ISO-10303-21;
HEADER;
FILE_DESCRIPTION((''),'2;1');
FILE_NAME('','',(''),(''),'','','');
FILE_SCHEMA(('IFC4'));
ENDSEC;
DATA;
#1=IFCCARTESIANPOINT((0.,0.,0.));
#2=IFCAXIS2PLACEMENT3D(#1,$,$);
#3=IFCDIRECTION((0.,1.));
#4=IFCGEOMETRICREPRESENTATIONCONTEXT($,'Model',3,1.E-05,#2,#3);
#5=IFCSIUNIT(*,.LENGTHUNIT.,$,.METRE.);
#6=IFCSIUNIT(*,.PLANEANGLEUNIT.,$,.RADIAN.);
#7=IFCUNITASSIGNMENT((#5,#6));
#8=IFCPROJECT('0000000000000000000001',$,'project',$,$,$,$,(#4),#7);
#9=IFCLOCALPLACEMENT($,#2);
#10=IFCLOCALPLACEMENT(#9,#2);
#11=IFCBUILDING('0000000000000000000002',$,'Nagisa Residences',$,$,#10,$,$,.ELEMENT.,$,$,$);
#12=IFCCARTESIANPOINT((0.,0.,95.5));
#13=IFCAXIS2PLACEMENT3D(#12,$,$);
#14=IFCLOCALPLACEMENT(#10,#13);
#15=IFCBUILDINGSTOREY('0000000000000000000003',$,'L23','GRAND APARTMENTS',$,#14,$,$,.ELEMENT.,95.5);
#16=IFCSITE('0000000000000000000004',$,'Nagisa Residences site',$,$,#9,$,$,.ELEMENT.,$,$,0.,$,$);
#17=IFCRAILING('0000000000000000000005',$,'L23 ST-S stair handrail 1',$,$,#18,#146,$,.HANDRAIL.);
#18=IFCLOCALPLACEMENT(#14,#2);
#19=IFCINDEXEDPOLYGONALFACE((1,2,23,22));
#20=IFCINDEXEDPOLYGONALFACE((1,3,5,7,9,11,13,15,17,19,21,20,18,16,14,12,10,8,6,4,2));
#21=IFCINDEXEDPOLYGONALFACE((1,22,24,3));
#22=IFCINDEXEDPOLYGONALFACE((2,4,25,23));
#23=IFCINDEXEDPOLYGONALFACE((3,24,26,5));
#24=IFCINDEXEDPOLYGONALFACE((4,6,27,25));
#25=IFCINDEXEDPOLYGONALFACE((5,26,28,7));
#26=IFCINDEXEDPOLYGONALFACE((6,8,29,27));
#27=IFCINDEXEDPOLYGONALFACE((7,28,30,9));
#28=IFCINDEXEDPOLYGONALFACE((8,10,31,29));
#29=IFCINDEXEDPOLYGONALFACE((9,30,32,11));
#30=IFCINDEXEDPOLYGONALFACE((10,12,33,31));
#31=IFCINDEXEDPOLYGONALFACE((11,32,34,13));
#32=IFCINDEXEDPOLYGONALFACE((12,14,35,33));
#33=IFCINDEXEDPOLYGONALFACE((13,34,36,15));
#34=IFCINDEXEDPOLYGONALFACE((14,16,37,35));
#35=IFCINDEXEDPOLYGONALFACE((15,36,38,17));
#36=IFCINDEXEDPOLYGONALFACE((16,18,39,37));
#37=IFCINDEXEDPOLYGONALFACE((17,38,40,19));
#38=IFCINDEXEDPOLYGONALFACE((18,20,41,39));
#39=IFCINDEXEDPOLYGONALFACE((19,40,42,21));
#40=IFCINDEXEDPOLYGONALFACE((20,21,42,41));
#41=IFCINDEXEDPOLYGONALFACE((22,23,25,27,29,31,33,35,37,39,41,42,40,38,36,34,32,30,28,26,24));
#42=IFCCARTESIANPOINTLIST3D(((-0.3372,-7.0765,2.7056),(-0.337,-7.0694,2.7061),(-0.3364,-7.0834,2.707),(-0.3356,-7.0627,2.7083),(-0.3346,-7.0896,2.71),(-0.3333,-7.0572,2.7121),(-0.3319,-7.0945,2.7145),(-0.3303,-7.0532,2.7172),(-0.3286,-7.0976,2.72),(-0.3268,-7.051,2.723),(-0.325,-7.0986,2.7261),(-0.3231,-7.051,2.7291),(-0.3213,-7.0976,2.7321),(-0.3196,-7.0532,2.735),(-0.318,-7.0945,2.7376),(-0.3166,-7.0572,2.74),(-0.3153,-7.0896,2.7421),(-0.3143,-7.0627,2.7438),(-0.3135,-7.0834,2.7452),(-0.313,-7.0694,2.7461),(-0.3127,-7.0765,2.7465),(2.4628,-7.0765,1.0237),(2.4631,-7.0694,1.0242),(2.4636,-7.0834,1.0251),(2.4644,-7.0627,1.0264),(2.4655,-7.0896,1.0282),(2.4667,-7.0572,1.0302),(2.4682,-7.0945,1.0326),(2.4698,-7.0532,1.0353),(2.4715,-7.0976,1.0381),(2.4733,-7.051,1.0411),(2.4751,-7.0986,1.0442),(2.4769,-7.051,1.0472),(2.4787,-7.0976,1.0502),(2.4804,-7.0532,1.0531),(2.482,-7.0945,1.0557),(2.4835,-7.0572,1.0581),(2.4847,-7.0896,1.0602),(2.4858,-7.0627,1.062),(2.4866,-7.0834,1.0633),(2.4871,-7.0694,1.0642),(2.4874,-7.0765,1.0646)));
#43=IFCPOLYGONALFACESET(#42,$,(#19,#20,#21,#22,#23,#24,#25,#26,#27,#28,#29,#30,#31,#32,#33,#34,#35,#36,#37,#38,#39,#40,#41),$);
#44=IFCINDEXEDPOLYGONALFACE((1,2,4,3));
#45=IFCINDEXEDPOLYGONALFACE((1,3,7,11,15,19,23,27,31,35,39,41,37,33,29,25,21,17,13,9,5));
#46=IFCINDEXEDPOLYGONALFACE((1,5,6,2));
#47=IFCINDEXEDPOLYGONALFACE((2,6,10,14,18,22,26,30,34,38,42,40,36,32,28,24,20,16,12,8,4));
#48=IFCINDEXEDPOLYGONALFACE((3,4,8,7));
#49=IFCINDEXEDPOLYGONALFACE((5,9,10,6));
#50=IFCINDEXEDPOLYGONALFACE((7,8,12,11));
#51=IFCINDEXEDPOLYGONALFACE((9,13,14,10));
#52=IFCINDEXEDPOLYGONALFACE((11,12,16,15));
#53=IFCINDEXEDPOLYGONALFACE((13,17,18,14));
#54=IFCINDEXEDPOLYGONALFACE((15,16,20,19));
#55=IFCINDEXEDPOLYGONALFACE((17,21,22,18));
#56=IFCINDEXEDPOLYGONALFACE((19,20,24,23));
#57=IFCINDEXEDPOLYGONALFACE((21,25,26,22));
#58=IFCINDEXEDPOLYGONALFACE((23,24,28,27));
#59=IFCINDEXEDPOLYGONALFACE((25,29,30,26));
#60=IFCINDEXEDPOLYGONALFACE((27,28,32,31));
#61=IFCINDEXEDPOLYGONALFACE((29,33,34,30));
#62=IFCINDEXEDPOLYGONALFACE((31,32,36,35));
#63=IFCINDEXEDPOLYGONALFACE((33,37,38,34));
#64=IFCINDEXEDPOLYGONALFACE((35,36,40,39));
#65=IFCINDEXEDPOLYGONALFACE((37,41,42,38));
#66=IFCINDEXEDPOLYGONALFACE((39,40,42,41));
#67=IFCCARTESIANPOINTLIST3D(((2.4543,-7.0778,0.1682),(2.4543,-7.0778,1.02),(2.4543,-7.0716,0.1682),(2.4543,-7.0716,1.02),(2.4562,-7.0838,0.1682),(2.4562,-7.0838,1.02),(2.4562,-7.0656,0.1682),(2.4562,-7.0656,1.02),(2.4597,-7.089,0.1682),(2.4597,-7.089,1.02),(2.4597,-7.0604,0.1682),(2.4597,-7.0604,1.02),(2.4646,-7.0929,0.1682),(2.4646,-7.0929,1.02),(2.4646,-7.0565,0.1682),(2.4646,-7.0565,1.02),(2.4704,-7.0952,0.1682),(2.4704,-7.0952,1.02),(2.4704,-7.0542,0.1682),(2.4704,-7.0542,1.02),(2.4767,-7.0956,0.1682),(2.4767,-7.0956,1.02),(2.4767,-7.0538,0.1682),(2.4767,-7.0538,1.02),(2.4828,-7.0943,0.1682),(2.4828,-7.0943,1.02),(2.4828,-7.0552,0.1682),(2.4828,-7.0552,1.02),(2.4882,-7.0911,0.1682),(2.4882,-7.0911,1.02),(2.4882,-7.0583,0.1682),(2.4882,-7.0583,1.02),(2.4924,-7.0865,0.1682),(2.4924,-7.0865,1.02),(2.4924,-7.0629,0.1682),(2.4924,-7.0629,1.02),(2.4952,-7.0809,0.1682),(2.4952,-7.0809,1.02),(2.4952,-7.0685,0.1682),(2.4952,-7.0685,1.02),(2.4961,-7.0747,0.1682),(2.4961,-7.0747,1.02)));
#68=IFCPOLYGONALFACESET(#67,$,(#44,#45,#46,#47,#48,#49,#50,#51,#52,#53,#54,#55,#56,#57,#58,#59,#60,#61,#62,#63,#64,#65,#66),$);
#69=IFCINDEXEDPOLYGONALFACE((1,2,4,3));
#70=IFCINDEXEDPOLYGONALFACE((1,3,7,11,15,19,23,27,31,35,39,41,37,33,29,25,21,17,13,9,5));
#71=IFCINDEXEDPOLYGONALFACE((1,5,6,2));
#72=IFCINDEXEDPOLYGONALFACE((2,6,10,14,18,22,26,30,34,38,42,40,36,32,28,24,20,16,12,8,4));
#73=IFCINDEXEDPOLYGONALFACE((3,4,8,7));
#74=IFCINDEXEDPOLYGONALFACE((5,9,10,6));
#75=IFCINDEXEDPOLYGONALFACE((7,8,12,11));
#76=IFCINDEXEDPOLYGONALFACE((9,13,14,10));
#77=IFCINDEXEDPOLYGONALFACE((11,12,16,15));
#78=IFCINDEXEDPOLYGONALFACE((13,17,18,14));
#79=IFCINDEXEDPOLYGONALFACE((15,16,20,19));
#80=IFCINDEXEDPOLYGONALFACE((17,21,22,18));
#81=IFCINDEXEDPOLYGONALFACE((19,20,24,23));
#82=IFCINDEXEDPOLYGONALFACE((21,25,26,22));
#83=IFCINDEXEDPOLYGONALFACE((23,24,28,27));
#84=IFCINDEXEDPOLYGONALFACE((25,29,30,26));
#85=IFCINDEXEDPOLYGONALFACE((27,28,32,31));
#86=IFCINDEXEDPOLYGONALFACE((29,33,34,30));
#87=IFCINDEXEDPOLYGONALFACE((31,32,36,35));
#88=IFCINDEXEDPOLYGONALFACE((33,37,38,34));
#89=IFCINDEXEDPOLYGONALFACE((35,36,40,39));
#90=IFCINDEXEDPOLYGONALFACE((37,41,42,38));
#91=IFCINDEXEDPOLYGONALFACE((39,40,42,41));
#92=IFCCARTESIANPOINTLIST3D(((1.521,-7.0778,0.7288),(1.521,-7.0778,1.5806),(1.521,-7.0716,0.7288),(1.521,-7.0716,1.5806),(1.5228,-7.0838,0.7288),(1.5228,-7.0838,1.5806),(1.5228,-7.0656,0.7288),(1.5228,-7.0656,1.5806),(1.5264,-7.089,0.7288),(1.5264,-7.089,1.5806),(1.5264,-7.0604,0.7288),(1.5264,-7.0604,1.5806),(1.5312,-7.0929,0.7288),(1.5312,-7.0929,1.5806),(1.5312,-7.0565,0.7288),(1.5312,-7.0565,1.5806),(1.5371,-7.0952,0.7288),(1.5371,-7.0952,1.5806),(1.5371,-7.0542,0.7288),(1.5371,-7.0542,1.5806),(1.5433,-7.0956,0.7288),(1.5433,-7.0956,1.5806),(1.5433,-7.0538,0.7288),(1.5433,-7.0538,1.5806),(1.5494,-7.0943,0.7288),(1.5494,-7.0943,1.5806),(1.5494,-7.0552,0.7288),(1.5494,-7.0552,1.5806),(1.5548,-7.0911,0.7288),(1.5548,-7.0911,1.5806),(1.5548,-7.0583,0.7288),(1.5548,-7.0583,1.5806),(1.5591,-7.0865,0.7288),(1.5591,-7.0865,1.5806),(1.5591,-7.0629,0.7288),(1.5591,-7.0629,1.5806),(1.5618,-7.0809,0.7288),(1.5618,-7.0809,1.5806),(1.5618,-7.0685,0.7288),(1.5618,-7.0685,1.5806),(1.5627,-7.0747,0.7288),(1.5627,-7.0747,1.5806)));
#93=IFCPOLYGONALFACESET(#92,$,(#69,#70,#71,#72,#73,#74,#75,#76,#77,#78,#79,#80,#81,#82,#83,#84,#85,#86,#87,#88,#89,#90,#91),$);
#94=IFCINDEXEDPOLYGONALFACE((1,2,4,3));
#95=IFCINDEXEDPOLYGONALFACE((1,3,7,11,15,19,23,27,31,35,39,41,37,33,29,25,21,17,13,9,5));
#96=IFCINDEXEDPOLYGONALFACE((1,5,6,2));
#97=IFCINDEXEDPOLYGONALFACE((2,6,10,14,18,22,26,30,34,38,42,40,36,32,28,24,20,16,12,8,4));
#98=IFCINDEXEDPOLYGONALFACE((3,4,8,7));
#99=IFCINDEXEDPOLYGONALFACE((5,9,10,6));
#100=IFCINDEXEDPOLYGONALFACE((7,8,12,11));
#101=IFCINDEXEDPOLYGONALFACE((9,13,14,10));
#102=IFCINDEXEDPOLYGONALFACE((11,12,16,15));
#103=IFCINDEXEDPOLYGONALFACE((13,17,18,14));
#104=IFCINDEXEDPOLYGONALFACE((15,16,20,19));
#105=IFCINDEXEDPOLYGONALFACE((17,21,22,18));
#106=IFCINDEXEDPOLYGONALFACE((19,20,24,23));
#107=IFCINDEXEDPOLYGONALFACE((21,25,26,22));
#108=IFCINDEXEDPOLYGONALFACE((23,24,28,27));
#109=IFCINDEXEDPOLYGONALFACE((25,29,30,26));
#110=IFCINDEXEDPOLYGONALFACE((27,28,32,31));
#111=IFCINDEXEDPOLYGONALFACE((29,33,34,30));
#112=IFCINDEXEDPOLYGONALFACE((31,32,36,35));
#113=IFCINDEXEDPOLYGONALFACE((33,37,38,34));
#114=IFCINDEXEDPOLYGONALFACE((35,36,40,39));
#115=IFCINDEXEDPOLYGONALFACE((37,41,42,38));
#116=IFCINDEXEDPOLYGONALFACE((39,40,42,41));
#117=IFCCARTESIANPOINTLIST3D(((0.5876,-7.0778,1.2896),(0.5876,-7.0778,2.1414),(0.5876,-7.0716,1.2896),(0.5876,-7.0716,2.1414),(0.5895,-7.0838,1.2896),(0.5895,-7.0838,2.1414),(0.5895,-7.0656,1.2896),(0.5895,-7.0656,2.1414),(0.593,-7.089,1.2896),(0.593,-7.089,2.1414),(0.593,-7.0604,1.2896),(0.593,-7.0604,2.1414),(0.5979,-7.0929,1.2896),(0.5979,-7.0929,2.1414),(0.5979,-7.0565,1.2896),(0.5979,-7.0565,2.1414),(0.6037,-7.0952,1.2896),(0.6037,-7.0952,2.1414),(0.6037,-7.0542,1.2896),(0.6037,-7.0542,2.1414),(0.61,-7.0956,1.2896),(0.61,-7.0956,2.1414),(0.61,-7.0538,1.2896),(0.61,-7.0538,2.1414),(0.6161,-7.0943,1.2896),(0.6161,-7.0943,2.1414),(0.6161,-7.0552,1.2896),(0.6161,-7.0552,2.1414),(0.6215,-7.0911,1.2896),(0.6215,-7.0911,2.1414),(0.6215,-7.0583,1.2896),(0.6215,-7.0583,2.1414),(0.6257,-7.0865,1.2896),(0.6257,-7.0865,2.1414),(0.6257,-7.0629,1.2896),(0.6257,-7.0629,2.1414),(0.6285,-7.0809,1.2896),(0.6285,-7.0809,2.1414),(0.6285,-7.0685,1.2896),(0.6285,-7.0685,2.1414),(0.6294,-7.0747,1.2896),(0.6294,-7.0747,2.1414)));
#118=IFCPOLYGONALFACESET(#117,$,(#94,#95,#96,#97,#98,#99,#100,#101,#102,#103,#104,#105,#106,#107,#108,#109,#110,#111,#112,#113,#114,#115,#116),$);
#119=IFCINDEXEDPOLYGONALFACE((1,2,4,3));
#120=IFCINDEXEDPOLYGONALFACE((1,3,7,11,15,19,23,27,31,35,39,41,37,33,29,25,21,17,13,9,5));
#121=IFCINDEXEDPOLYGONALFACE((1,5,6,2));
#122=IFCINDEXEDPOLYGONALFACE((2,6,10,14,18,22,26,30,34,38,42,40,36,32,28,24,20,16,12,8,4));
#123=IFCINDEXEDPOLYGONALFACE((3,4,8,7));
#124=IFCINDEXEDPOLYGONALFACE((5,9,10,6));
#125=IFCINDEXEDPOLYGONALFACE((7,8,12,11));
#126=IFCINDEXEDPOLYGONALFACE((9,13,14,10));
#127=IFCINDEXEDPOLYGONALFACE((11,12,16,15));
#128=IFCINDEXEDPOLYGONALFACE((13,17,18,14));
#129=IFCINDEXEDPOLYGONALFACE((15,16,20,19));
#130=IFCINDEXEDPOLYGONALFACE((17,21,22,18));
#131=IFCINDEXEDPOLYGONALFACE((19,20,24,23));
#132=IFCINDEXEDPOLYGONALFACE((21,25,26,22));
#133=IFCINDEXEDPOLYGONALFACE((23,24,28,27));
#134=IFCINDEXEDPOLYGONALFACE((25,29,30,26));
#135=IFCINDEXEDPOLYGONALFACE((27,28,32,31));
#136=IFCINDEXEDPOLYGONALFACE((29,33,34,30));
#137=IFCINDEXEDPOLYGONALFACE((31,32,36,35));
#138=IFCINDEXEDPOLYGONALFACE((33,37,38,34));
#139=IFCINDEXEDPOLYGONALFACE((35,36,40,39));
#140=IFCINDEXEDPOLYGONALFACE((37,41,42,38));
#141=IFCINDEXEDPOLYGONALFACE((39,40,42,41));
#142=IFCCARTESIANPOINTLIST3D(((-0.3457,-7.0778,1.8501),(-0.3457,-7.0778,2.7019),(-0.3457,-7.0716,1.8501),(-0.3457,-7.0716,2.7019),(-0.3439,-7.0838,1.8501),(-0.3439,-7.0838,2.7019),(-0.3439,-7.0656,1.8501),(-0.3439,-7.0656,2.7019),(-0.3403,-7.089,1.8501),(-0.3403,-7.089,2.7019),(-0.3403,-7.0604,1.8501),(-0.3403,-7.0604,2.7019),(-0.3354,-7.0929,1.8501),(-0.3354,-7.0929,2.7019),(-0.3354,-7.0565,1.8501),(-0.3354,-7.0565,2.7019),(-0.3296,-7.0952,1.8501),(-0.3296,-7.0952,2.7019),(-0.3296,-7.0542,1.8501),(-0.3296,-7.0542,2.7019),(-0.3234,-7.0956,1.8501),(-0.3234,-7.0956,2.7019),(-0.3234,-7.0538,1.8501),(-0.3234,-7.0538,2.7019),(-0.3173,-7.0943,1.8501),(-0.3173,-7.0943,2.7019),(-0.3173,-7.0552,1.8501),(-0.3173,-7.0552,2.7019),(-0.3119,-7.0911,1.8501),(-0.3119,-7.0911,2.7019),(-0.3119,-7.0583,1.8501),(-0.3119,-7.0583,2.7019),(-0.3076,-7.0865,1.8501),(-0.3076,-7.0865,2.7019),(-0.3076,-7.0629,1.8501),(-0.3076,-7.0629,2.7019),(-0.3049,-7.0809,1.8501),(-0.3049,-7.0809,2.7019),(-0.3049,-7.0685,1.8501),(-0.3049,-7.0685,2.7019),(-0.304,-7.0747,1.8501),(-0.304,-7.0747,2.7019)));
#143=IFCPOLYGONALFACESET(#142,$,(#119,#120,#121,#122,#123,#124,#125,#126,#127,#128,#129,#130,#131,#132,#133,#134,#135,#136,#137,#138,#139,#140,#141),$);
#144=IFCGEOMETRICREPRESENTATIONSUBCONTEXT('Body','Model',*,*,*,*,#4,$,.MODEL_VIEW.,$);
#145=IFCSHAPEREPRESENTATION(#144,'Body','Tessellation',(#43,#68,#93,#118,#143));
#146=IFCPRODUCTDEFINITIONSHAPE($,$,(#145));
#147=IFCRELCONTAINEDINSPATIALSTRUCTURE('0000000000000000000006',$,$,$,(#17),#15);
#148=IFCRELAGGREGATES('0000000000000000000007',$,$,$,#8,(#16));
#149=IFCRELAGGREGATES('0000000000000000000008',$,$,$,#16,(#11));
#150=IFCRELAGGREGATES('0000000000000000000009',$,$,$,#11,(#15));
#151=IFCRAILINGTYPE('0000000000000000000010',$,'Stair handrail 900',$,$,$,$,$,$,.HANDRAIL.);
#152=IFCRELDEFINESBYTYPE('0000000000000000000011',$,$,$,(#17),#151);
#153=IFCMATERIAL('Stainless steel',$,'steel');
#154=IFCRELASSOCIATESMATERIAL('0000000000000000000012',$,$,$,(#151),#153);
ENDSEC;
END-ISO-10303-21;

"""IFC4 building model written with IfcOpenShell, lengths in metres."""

from ifc_helpers import new_model, si_unit, direction, frame, origin, origin_2d, place, context, subcontext, project, spatial, circle, extrude, material, type_object, element, save


model = new_model("IFC4")

# Units and contexts
model_context = context("Model", 3, precision=1e-05, world=origin(), true_north=direction((0.0, 1.0)))
body_context = subcontext(model_context, "Body", "Model", "MODEL_VIEW")
ifc_project = project(units=[si_unit("LENGTHUNIT", "METRE"), si_unit("PLANEANGLEUNIT", "RADIAN")], contexts=[model_context])

# Site, building, storey
site_placement = place(None, origin())
site = spatial("IfcSite", under=ifc_project, at=site_placement, Name="Nagisa Residences site", CompositionType="ELEMENT", RefElevation=0.0)
building_placement = place(site_placement, origin())
building = spatial("IfcBuilding", under=site, at=building_placement, Name="Nagisa Residences", CompositionType="ELEMENT")
storey_placement = place(building_placement, frame((0.0, 0.0, 95.5)))
storey = spatial("IfcBuildingStorey", under=building, at=storey_placement, Name="L23", Description="GRAND APARTMENTS", CompositionType="ELEMENT", Elevation=95.5)

# Railing
ifc_material_1 = material(Name="Stainless steel", Category="steel")
railing_type_1 = type_object("IfcRailingType", Name="Stair handrail 900", PredefinedType="HANDRAIL", material=ifc_material_1)
railing_1_placement = place(storey_placement, frame((2.4751, -7.0747, 0.1682)))
element("IfcRailing", 1, at=railing_1_placement, inside=storey, type_object=railing_type_1, Name="L23 ST-S stair handrail 1", PredefinedType="HANDRAIL", context=body_context, shape_type="SweptSolid", body=[
    extrude(circle(Radius=0.0239, at=origin_2d()), frame((0.0, 0.0, 0.876), z_axis=(-0.857242, 0.0, 0.514913), x_axis=(0.0, -1.0, 0.0)), (0.0, 0.0, 1.0), 3.2664),
    extrude(circle(Radius=0.021, at=origin_2d()), origin(), (0.0, 0.0, 1.0), 0.8518),
    extrude(circle(Radius=0.021, at=origin_2d()), frame((-0.9333, 0.0, 0.5605)), (0.0, 0.0, 1.0), 0.8518),
    extrude(circle(Radius=0.021, at=origin_2d()), frame((-1.8667, 0.0, 1.1213)), (0.0, 0.0, 1.0), 0.8518),
    extrude(circle(Radius=0.021, at=origin_2d()), frame((-2.8, 0.0, 1.6819)), (0.0, 0.0, 1.0), 0.8518),
])

save(model, "model.ifc")
